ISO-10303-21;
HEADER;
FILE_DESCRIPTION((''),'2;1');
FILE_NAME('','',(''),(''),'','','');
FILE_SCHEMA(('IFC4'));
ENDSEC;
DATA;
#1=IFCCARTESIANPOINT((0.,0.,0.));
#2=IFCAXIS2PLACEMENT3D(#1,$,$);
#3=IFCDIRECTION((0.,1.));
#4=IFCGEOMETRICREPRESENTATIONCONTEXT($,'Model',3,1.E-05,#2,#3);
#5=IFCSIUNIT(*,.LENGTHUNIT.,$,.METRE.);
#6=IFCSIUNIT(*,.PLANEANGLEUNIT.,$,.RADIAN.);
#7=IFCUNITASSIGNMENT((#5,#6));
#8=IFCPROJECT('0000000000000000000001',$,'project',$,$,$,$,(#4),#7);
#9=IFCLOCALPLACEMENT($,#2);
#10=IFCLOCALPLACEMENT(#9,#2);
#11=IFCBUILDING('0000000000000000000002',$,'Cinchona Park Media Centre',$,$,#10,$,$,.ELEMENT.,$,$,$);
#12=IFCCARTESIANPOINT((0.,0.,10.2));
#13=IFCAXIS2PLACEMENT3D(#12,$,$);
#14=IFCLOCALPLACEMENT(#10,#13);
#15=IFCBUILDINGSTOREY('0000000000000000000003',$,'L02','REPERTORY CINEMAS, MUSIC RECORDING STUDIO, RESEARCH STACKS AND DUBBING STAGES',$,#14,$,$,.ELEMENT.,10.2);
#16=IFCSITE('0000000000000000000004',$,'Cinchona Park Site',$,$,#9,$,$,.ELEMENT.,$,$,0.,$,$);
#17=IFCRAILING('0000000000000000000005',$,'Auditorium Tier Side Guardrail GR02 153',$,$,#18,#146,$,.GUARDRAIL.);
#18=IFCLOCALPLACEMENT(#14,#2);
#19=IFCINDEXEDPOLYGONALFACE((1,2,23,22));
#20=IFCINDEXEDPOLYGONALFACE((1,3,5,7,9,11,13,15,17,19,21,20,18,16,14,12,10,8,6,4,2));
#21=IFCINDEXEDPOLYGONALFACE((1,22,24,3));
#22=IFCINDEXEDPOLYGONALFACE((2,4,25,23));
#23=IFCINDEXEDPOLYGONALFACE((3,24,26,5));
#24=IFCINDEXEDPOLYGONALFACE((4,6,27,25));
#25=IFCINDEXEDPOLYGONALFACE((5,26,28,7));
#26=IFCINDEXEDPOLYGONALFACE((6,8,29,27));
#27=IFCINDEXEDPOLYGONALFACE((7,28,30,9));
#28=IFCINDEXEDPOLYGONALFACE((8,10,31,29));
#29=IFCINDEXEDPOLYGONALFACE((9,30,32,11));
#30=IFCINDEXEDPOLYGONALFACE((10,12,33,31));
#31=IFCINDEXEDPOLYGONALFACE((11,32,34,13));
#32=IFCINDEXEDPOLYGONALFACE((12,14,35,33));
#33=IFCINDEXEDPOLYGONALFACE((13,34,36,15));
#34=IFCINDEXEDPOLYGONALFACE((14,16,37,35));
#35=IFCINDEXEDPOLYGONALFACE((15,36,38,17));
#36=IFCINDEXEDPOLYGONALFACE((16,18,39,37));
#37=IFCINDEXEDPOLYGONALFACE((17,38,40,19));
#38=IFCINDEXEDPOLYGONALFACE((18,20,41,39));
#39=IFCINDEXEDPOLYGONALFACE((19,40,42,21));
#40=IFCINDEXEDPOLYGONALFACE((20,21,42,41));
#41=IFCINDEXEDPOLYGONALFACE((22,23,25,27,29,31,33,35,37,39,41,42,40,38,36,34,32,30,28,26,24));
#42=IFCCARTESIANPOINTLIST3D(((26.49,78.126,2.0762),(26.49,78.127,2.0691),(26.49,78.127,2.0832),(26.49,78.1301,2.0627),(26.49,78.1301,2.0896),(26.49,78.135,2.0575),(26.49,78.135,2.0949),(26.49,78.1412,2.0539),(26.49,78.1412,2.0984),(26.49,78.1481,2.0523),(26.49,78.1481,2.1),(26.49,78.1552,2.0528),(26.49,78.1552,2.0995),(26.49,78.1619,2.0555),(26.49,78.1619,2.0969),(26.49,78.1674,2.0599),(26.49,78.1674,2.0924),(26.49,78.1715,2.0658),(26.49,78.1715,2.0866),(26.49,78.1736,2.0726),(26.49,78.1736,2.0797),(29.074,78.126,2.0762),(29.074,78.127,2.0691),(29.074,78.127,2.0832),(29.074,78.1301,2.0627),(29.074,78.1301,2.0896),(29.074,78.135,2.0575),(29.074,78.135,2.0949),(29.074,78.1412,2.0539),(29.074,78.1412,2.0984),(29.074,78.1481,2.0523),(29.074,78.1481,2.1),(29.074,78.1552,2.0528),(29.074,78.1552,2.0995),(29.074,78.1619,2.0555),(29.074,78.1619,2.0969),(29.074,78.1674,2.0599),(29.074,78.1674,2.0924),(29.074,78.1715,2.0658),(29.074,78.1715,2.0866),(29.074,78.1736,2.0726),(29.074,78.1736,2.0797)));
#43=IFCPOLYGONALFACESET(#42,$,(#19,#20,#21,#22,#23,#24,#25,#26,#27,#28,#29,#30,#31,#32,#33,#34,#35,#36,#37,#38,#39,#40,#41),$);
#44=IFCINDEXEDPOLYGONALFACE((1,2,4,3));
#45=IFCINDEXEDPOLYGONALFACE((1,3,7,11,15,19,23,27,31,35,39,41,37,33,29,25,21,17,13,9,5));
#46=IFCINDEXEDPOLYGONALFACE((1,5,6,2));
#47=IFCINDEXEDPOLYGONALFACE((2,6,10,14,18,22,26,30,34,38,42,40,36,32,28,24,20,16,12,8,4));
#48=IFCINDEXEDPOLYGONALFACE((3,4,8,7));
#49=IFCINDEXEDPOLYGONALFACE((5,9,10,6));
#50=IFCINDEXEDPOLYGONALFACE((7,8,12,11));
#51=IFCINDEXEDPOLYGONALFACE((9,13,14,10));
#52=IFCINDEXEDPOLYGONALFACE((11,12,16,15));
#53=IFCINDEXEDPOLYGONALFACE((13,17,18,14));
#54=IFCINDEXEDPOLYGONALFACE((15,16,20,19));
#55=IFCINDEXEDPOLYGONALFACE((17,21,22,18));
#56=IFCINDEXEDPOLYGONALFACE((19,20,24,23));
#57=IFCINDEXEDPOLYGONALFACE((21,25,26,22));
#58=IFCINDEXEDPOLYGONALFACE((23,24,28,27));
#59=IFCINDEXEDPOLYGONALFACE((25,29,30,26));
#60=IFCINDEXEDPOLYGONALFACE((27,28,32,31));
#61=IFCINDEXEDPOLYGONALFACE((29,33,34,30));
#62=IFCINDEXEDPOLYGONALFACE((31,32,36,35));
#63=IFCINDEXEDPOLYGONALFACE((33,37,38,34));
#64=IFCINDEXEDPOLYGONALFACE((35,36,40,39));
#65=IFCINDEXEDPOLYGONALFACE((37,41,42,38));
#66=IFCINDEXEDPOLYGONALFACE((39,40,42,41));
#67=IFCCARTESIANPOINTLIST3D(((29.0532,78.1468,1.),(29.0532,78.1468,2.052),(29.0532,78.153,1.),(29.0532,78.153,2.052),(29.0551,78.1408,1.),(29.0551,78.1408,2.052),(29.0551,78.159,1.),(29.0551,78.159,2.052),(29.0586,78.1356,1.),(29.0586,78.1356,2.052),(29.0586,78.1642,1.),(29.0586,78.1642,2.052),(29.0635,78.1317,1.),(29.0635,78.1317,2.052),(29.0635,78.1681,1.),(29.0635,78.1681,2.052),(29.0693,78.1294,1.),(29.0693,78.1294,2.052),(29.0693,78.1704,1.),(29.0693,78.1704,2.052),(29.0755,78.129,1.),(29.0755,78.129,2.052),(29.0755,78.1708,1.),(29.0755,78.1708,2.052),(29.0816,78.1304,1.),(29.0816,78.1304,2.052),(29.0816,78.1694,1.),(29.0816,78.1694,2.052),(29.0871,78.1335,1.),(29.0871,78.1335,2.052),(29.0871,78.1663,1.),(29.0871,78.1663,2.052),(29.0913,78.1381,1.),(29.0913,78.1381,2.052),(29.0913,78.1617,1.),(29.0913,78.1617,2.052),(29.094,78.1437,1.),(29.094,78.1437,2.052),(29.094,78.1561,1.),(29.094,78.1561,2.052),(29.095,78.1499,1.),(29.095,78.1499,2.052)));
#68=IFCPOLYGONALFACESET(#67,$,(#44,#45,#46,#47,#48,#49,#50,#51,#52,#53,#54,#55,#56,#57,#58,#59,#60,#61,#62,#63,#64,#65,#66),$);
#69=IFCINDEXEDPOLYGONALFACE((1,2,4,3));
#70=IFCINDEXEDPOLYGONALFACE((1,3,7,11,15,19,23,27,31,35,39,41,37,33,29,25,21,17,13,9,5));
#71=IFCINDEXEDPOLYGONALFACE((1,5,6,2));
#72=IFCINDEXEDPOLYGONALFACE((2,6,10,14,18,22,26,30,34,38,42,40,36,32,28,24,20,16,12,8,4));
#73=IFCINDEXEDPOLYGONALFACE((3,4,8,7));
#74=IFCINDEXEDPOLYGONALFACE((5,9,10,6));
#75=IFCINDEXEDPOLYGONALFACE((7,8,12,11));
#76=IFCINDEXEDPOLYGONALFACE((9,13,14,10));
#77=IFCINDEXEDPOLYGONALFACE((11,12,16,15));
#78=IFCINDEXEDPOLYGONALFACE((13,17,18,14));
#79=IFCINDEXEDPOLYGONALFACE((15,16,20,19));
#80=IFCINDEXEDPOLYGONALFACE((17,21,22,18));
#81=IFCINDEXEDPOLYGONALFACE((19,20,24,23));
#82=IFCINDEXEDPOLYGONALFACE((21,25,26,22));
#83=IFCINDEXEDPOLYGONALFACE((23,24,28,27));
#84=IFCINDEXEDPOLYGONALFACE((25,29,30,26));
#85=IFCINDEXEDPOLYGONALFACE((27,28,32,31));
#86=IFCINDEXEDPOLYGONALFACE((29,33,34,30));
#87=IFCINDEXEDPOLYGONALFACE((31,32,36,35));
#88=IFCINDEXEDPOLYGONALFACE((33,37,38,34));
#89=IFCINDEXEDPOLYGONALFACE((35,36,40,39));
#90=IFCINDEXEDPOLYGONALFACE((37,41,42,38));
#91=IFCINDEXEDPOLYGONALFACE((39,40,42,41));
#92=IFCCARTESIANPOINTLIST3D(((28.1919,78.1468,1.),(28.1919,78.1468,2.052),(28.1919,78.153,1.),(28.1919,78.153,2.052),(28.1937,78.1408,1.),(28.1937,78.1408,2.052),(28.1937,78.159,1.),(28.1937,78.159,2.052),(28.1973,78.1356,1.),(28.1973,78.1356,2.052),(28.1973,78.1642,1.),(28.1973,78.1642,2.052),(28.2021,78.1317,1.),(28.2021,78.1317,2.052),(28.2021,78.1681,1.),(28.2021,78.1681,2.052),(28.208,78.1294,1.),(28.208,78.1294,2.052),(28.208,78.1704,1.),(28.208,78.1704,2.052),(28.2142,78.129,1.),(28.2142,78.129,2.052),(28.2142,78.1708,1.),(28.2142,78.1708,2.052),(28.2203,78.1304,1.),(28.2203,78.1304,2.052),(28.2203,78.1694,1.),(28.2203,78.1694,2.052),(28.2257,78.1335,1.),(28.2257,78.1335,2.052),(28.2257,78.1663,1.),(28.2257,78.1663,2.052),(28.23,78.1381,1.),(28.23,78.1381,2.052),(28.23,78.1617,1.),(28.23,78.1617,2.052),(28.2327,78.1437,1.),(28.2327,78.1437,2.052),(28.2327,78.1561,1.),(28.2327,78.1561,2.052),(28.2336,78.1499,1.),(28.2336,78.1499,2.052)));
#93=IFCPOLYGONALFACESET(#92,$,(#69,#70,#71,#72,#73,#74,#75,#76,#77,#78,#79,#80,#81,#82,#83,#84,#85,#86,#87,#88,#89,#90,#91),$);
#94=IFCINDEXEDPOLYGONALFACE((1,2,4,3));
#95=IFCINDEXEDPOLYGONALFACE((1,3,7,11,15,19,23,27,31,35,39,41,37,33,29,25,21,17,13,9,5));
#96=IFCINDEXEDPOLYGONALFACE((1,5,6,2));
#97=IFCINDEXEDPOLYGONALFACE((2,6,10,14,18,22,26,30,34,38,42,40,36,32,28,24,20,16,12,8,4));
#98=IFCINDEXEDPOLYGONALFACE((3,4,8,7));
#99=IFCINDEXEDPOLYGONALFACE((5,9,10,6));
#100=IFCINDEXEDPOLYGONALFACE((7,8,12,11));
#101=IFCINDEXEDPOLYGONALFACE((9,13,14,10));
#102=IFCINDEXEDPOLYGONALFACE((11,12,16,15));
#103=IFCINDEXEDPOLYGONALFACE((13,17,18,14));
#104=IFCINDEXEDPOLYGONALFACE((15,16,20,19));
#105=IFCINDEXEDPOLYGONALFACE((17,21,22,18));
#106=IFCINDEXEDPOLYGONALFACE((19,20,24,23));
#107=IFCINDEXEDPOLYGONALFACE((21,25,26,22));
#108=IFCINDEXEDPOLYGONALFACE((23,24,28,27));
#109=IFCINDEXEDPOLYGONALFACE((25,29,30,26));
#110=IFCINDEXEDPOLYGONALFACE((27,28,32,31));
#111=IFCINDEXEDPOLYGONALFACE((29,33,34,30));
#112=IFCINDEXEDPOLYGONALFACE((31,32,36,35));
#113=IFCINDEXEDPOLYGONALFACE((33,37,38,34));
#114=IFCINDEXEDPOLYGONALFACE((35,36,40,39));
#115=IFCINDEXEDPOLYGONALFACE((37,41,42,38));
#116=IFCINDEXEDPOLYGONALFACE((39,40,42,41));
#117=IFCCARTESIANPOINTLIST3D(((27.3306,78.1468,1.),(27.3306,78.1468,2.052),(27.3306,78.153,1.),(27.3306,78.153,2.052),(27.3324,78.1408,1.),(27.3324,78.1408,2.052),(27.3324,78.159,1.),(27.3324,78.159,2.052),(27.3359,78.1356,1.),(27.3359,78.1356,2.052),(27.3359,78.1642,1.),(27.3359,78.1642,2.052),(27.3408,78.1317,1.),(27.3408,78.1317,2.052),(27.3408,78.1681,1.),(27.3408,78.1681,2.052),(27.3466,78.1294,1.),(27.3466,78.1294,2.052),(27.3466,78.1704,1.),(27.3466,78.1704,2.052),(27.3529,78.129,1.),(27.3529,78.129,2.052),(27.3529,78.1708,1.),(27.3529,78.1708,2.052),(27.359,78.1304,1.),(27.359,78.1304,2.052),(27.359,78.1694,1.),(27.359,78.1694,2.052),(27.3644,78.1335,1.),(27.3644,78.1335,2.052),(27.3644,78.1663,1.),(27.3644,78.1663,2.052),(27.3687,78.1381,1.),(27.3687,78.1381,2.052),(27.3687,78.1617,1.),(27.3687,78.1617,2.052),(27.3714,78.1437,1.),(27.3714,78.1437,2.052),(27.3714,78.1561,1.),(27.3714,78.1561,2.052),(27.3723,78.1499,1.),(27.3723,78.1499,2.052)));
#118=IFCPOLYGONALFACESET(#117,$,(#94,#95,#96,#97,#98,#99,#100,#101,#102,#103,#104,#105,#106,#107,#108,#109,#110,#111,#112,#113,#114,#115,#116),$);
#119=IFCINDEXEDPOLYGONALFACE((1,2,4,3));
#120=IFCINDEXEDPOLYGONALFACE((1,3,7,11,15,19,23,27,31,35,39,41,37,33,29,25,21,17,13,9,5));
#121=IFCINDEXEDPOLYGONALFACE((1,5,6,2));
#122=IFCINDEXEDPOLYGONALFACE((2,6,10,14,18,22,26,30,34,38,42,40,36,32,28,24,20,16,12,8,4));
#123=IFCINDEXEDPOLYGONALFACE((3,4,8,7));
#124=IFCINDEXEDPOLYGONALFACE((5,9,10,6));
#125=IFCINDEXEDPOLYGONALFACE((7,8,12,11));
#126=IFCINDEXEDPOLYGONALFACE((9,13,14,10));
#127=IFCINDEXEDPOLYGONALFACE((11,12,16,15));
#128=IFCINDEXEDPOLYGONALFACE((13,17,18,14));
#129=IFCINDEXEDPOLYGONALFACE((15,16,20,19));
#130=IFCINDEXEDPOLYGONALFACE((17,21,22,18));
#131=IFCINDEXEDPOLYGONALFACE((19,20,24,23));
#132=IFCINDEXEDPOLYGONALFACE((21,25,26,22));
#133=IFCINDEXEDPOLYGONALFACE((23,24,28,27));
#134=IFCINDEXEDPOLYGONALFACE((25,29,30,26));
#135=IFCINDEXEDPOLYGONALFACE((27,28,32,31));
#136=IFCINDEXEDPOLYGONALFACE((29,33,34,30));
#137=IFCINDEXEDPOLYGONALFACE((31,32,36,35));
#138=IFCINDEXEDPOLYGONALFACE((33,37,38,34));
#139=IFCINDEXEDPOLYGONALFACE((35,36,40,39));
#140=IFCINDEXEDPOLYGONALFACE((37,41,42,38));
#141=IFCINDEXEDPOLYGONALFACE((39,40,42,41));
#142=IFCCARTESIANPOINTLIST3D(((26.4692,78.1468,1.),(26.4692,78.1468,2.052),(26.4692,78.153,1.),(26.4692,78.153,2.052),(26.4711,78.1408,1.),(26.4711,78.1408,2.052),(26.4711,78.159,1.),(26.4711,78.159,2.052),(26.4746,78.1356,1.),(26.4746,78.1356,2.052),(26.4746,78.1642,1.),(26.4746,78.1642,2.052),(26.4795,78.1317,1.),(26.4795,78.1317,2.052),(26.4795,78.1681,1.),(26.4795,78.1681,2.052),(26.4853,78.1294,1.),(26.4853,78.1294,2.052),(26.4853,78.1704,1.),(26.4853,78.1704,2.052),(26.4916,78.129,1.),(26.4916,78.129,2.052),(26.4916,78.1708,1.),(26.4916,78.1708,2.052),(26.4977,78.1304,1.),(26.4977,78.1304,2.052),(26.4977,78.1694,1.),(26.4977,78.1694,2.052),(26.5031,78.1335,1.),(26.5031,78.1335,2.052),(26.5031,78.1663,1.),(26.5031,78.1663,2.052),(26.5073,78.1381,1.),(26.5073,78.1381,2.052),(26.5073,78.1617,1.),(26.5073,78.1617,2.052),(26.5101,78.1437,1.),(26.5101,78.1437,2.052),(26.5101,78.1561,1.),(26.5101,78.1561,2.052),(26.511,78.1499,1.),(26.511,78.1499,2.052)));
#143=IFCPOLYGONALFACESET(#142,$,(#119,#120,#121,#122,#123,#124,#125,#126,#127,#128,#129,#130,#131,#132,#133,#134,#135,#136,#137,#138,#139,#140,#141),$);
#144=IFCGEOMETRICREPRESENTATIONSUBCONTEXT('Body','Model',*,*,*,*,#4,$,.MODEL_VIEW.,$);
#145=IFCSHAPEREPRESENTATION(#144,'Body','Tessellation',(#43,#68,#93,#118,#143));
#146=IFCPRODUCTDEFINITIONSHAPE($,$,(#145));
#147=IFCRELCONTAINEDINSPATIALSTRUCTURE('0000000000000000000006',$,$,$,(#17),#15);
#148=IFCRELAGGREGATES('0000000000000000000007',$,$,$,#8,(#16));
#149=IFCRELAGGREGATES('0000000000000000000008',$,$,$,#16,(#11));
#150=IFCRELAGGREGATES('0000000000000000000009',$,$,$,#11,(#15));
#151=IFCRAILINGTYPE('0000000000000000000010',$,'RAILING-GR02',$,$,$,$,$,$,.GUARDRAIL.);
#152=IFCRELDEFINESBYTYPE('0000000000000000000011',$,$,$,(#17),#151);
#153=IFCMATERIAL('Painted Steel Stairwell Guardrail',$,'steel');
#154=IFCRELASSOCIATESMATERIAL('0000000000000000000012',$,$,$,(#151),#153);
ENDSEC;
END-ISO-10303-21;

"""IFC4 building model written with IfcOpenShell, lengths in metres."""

from ifc_helpers import new_model, si_unit, direction, frame, origin, origin_2d, place, context, subcontext, project, spatial, circle, extrude, material, type_object, element, save


model = new_model("IFC4")

# Units and contexts
model_context = context("Model", 3, precision=1e-05, world=origin(), true_north=direction((0.0, 1.0)))
body_context = subcontext(model_context, "Body", "Model", "MODEL_VIEW")
ifc_project = project(units=[si_unit("LENGTHUNIT", "METRE"), si_unit("PLANEANGLEUNIT", "RADIAN")], contexts=[model_context])

# Site, building, storey
site_placement = place(None, origin())
site = spatial("IfcSite", under=ifc_project, at=site_placement, Name="Cinchona Park Site", CompositionType="ELEMENT", RefElevation=0.0)
building_placement = place(site_placement, origin())
building = spatial("IfcBuilding", under=site, at=building_placement, Name="Cinchona Park Media Centre", CompositionType="ELEMENT")
storey_placement = place(building_placement, frame((0.0, 0.0, 10.2)))
storey = spatial("IfcBuildingStorey", under=building, at=storey_placement, Name="L02", Description="REPERTORY CINEMAS, MUSIC RECORDING STUDIO, RESEARCH STACKS AND DUBBING STAGES", CompositionType="ELEMENT", Elevation=10.2)

# Railing
ifc_material_1 = material(Name="Painted Steel Stairwell Guardrail", Category="steel")
railing_type_1 = type_object("IfcRailingType", Name="RAILING-GR02", PredefinedType="GUARDRAIL", material=ifc_material_1)
railing_1_placement = place(storey_placement, frame((29.074, 78.1499, 1.0)))
element("IfcRailing", 1, at=railing_1_placement, inside=storey, type_object=railing_type_1, Name="Auditorium Tier Side Guardrail GR02 153", PredefinedType="GUARDRAIL", context=body_context, shape_type="SweptSolid", body=[
    extrude(circle(Radius=0.0239, at=origin_2d()), frame((0.0, 0.0, 1.0762), z_axis=(-1.0, 0.0, 0.0), x_axis=(0.0, -1.0, 0.0)), (0.0, 0.0, 1.0), 2.584),
    extrude(circle(Radius=0.021, at=origin_2d()), origin(), (0.0, 0.0, 1.0), 1.052),
    extrude(circle(Radius=0.021, at=origin_2d()), frame((-0.8613, 0.0, 0.0)), (0.0, 0.0, 1.0), 1.052),
    extrude(circle(Radius=0.021, at=origin_2d()), frame((-1.7227, 0.0, 0.0)), (0.0, 0.0, 1.0), 1.052),
    extrude(circle(Radius=0.021, at=origin_2d()), frame((-2.584, 0.0, 0.0)), (0.0, 0.0, 1.0), 1.052),
])

save(model, "model.ifc")
